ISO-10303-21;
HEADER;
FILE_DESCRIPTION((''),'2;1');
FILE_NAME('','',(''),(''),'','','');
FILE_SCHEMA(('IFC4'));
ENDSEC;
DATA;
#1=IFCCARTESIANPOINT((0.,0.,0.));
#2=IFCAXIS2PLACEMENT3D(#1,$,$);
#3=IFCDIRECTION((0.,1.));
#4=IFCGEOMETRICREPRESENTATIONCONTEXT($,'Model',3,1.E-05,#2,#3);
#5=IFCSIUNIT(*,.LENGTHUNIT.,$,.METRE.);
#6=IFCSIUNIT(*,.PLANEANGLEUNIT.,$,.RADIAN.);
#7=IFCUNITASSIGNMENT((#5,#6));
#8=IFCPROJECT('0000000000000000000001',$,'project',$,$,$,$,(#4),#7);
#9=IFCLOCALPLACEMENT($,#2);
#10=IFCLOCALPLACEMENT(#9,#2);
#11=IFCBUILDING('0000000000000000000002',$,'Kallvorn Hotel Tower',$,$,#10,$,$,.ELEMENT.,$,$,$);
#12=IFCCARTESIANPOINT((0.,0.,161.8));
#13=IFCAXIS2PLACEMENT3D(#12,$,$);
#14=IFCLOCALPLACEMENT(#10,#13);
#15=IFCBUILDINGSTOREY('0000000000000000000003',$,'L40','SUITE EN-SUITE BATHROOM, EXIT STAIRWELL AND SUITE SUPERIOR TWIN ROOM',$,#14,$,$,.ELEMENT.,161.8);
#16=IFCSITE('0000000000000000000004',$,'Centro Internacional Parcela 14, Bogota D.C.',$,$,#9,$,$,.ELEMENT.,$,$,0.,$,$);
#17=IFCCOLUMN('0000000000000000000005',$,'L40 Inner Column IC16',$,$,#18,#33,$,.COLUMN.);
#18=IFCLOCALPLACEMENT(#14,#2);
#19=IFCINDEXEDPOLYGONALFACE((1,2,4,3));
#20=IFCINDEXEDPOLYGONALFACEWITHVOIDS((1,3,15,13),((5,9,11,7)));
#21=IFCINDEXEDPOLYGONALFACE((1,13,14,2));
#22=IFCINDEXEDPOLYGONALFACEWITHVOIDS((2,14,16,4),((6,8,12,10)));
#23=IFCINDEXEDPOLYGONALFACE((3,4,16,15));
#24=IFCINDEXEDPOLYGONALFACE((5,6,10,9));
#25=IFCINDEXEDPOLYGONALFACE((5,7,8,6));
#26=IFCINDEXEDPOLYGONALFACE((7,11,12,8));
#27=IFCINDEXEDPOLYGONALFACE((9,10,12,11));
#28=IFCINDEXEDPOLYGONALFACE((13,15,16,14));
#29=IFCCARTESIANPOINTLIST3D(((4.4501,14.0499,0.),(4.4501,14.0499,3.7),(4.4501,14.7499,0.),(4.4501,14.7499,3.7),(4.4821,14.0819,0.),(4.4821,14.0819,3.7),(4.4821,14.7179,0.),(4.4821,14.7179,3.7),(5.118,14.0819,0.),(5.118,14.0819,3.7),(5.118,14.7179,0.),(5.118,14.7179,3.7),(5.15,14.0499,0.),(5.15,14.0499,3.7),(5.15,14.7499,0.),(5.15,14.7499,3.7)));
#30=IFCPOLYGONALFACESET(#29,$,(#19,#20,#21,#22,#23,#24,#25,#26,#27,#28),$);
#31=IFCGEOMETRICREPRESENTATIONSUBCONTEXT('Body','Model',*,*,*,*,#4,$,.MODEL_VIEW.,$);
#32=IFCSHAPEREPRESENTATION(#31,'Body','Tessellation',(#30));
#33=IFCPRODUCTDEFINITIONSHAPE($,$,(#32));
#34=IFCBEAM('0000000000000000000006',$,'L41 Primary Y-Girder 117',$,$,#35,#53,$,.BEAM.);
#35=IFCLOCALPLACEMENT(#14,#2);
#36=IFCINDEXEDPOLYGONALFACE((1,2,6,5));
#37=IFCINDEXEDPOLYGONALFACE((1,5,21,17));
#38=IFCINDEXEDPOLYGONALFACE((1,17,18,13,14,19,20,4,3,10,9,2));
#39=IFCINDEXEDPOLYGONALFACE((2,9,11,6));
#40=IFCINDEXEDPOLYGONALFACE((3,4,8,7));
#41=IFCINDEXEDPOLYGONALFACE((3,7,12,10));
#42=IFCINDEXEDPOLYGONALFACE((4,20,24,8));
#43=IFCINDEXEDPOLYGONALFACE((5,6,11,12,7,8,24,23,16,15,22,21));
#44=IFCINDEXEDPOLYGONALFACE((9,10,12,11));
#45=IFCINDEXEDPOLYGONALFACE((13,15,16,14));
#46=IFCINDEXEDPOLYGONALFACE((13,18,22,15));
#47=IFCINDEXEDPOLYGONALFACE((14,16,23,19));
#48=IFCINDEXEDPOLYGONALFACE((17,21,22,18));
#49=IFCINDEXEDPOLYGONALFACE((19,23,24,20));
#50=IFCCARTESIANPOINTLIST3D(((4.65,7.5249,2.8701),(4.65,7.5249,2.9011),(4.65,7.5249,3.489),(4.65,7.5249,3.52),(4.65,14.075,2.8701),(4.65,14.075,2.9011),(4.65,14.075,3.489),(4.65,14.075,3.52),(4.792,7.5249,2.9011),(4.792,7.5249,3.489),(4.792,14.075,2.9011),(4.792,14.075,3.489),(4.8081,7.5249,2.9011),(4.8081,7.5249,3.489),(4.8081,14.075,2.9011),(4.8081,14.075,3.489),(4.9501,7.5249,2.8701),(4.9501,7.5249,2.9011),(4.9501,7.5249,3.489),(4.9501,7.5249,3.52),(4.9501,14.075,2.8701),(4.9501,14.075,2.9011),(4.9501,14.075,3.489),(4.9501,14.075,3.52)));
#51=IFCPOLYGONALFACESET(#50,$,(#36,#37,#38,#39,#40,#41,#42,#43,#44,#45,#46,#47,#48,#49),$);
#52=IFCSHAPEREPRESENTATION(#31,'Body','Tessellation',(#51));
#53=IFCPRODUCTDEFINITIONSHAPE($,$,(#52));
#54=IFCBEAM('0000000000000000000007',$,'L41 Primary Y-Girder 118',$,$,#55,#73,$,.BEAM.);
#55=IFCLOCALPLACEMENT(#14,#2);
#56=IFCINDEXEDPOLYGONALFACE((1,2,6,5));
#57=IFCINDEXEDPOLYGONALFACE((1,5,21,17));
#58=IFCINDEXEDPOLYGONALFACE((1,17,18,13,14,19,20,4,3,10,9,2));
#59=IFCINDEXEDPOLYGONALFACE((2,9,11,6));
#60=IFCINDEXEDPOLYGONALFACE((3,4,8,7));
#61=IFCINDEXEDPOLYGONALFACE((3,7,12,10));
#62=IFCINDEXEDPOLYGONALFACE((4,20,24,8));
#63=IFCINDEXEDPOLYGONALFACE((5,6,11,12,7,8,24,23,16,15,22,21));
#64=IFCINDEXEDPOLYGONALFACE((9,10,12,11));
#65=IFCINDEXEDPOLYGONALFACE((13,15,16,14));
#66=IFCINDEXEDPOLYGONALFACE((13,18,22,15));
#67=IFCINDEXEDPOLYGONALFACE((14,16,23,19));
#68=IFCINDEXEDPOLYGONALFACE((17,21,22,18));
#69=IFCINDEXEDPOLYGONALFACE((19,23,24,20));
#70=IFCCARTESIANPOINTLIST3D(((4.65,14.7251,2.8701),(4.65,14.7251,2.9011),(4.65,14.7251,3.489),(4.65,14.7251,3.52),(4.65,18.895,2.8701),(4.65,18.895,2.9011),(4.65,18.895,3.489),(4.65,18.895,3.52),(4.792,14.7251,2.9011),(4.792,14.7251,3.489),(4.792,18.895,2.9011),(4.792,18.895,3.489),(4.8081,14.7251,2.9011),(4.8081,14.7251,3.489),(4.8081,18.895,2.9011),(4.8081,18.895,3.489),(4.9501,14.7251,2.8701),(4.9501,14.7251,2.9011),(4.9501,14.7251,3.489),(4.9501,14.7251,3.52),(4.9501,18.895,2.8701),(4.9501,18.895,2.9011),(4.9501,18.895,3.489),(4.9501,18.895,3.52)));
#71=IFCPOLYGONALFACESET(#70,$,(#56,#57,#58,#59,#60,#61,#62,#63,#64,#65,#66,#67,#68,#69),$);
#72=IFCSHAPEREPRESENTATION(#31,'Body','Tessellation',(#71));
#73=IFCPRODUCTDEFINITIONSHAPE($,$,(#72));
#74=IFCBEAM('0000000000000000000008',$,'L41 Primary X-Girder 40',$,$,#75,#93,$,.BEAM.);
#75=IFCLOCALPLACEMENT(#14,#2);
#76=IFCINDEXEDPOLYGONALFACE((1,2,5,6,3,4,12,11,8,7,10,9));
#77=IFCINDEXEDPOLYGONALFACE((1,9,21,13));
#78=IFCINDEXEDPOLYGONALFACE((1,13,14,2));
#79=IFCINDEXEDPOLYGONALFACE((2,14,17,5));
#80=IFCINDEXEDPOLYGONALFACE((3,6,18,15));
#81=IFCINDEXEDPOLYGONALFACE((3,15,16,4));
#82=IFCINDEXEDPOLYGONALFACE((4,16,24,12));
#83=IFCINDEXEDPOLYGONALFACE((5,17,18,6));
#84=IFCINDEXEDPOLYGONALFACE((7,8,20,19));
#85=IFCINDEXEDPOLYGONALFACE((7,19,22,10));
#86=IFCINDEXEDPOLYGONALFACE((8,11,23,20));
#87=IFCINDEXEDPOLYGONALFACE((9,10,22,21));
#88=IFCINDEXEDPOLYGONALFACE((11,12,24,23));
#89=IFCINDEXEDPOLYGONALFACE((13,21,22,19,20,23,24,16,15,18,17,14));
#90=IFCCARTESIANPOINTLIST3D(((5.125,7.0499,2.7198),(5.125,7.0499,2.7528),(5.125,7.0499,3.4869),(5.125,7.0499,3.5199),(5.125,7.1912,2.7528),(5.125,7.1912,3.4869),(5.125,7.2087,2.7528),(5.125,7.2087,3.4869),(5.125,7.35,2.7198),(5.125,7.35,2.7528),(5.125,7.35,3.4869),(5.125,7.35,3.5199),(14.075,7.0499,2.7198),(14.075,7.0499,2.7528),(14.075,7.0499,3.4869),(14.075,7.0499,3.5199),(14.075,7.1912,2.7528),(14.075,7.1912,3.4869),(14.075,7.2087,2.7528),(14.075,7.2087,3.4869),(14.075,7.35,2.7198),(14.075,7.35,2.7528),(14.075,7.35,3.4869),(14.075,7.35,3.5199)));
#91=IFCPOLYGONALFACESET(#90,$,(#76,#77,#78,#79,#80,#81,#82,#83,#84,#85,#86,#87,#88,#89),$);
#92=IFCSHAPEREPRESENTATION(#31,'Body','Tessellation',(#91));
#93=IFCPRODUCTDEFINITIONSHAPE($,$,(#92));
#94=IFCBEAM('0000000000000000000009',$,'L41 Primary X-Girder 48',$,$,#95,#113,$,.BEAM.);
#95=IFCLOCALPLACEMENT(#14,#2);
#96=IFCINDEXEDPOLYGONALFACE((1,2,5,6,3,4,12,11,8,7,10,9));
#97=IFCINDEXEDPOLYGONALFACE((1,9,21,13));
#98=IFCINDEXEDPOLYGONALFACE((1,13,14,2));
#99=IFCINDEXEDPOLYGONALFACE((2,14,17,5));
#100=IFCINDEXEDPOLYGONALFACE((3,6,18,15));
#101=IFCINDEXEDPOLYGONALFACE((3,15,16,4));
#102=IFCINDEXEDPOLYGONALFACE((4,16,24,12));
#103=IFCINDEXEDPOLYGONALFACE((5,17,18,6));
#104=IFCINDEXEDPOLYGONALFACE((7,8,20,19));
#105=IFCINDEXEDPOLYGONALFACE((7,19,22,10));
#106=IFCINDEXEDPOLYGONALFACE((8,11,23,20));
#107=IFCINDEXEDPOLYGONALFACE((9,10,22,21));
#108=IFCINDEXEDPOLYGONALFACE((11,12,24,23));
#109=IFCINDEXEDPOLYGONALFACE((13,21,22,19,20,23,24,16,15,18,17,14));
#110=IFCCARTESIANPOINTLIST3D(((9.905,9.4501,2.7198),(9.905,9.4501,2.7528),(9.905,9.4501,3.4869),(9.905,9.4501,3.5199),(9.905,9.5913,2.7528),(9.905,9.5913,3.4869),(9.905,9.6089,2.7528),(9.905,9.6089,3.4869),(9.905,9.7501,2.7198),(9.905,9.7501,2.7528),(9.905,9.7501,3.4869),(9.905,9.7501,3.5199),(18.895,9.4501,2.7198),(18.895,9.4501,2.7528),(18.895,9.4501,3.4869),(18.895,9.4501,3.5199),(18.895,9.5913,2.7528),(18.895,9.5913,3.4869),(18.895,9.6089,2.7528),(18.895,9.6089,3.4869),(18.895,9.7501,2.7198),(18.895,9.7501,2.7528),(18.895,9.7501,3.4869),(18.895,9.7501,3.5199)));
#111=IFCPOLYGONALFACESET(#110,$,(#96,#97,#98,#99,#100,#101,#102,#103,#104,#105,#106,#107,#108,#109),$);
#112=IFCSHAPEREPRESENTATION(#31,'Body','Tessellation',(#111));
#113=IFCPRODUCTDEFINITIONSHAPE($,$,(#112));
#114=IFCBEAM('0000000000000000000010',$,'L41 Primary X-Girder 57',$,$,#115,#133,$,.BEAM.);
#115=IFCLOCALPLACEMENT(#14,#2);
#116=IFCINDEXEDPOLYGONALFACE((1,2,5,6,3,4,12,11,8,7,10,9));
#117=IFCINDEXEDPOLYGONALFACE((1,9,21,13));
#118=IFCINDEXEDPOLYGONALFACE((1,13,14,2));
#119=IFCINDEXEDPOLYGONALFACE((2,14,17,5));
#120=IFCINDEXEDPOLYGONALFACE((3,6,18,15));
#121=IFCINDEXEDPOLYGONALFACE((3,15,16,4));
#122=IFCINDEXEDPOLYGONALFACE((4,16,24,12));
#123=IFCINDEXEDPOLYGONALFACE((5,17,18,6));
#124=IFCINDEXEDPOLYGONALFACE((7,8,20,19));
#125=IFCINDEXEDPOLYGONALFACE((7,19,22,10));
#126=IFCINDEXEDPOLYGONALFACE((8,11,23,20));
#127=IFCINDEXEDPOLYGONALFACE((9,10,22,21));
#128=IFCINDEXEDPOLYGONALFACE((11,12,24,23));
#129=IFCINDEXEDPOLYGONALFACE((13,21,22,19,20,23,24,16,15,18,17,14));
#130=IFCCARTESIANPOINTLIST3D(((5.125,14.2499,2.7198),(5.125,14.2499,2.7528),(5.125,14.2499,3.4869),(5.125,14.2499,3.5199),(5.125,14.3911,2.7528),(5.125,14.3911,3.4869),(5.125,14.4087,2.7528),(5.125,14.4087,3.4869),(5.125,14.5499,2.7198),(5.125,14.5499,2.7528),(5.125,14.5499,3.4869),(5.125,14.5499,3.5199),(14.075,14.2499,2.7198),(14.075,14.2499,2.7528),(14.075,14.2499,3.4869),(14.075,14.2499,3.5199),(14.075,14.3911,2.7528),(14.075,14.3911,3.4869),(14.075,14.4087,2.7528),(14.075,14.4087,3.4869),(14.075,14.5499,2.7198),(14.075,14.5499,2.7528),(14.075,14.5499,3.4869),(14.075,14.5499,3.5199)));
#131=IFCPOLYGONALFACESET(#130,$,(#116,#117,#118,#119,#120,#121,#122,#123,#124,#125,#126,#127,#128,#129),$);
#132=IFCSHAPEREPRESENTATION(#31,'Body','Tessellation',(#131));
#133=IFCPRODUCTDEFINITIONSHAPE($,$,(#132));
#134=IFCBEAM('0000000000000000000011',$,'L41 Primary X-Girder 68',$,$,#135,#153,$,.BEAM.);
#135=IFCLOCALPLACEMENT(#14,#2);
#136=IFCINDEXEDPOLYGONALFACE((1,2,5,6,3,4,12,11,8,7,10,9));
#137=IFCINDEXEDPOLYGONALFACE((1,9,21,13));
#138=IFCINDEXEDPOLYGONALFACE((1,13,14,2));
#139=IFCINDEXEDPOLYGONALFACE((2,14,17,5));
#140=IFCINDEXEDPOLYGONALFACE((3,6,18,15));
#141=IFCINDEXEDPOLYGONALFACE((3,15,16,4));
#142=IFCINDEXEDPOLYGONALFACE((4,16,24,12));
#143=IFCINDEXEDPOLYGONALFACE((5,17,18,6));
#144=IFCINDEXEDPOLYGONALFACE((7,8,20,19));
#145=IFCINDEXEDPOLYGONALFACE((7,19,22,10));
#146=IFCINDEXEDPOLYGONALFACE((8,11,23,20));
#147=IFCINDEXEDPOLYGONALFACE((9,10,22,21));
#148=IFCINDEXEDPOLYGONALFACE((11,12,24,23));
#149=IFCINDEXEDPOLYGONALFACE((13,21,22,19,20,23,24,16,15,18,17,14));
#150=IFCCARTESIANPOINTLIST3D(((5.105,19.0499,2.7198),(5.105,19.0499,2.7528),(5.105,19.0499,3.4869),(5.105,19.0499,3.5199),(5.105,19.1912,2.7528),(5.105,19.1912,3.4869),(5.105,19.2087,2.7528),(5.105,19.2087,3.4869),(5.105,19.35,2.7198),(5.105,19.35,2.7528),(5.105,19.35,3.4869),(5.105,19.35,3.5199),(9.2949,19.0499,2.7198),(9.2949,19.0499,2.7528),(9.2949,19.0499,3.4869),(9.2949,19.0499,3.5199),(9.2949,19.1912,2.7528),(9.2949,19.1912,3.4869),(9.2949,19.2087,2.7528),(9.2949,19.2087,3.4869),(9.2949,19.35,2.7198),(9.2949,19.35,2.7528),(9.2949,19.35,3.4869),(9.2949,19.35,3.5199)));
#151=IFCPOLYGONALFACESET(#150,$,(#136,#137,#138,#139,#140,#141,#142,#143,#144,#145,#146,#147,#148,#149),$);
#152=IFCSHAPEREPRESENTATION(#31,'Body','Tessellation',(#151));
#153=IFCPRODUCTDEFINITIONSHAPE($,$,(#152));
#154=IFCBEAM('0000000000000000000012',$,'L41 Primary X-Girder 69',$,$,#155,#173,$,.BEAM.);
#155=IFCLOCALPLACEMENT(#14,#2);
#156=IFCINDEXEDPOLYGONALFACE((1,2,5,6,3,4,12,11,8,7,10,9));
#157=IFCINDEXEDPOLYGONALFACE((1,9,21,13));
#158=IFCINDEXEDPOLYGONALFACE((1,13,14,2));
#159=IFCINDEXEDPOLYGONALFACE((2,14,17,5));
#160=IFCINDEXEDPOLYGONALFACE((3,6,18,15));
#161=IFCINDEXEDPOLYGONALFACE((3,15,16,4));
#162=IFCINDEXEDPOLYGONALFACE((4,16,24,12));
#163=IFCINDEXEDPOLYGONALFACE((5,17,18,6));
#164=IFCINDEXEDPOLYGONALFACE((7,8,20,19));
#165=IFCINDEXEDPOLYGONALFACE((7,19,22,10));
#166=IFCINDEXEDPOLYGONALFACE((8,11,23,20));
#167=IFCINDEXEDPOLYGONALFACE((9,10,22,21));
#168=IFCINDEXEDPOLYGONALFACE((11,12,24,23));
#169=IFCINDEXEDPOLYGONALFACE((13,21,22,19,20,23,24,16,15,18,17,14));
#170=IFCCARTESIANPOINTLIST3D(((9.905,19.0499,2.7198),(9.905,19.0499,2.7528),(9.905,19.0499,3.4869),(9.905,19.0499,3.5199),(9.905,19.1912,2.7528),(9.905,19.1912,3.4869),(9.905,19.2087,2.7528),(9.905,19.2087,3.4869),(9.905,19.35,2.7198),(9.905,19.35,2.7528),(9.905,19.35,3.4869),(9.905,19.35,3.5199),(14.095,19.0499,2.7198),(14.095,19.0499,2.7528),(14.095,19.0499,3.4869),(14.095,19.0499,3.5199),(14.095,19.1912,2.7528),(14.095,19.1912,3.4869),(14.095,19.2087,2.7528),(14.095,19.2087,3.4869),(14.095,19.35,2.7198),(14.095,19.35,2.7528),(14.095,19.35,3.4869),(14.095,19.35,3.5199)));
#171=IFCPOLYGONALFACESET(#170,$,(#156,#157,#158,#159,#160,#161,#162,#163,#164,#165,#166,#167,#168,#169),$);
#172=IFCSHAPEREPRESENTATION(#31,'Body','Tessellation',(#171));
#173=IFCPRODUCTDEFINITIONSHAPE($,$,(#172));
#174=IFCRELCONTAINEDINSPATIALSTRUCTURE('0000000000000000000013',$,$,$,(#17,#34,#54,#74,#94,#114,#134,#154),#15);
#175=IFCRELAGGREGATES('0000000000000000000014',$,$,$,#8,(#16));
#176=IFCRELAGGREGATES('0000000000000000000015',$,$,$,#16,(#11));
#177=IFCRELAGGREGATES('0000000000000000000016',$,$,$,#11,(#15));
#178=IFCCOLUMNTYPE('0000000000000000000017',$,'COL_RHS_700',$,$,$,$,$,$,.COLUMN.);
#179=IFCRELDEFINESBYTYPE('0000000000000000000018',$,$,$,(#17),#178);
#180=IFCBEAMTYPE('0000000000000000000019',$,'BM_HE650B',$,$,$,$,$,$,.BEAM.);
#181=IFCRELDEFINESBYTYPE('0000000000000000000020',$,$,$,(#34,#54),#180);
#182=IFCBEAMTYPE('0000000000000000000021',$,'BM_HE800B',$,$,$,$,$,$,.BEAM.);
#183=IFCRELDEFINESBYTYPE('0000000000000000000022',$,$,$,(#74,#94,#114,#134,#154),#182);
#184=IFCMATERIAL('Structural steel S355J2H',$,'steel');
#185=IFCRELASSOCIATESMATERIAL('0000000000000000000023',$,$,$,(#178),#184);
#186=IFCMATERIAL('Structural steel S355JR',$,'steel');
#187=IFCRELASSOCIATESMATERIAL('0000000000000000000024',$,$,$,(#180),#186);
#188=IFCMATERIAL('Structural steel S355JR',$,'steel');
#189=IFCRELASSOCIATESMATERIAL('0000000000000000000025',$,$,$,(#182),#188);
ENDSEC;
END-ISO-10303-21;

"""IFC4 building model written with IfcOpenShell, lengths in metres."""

from ifc_helpers import new_model, si_unit, direction, frame, origin, origin_2d, place, context, subcontext, project, spatial, hollow_rectangle, i_section, extrude, material, material_profile, profile_set, type_object, element, save


model = new_model("IFC4")

# Units and contexts
model_context = context("Model", 3, precision=1e-05, world=origin(), true_north=direction((0.0, 1.0)))
body_context = subcontext(model_context, "Body", "Model", "MODEL_VIEW")
ifc_project = project(units=[si_unit("LENGTHUNIT", "METRE"), si_unit("PLANEANGLEUNIT", "RADIAN")], contexts=[model_context])

# Site, building, storey
site_placement = place(None, origin())
site = spatial("IfcSite", under=ifc_project, at=site_placement, Name="Centro Internacional Parcela 14, Bogota D.C.", CompositionType="ELEMENT", RefElevation=0.0)
building_placement = place(site_placement, origin())
building = spatial("IfcBuilding", under=site, at=building_placement, Name="Kallvorn Hotel Tower", CompositionType="ELEMENT")
storey_placement = place(building_placement, frame((0.0, 0.0, 161.8)))
storey = spatial("IfcBuildingStorey", under=building, at=storey_placement, Name="L40", Description="SUITE EN-SUITE BATHROOM, EXIT STAIRWELL AND SUITE SUPERIOR TWIN ROOM", CompositionType="ELEMENT", Elevation=161.8)

# Column
ifc_material_1 = material(Name="Structural steel S355J2H", Category="steel")
ifc_material_profile_1 = material_profile(ifc_material_1, hollow_rectangle(XDim=0.7, YDim=0.7, WallThickness=0.032, at=origin_2d()), Name="RHS 700x700x32")
ifc_profile_set_1 = profile_set([ifc_material_profile_1], Name="Structural steel S355J2H")
column_type_1 = type_object("IfcColumnType", Name="COL_RHS_700", PredefinedType="COLUMN", material=ifc_profile_set_1)
column_placement = place(storey_placement, frame((4.8, 14.3999, 0.0), z_axis=(0.0, 0.0, 1.0), x_axis=(1.0, 0.0, 0.0)))
element("IfcColumn", 1, at=column_placement, inside=storey, type_object=column_type_1, Name="L40 Inner Column IC16", PredefinedType="COLUMN", context=body_context, shape_type="SweptSolid", body=[
    extrude(hollow_rectangle(XDim=0.7, YDim=0.7, WallThickness=0.032, at=origin_2d()), origin(), (0.0, 0.0, 1.0), 3.7),
])

# Beams
ifc_material_2 = material(Name="Structural steel S355JR", Category="steel")
ifc_material_profile_2 = material_profile(ifc_material_2, i_section(OverallWidth=0.3, OverallDepth=0.6499, WebThickness=0.0161, FlangeThickness=0.031, at=origin_2d()), Name="HE 650 B")
ifc_profile_set_2 = profile_set([ifc_material_profile_2], Name="Structural steel S355JR")
beam_type_1 = type_object("IfcBeamType", Name="BM_HE650B", PredefinedType="BEAM", material=ifc_profile_set_2)
beam_1_placement = place(storey_placement, frame((4.8, 7.5249, 3.1951), z_axis=(0.0, 1.0, 0.0), x_axis=(-1.0, 0.0, 0.0)))
element("IfcBeam", 2, at=beam_1_placement, inside=storey, type_object=beam_type_1, Name="L41 Primary Y-Girder 117", PredefinedType="BEAM", context=body_context, shape_type="SweptSolid", body=[
    extrude(i_section(OverallWidth=0.3, OverallDepth=0.6499, WebThickness=0.0161, FlangeThickness=0.031, at=origin_2d()), origin(), (0.0, 0.0, 1.0), 6.55),
])
beam_2_placement = place(storey_placement, frame((4.8, 14.7251, 3.1951), z_axis=(0.0, 1.0, 0.0), x_axis=(-1.0, 0.0, 0.0)))
element("IfcBeam", 3, at=beam_2_placement, inside=storey, type_object=beam_type_1, Name="L41 Primary Y-Girder 118", PredefinedType="BEAM", context=body_context, shape_type="SweptSolid", body=[
    extrude(i_section(OverallWidth=0.3, OverallDepth=0.6499, WebThickness=0.0161, FlangeThickness=0.031, at=origin_2d()), origin(), (0.0, 0.0, 1.0), 4.1699),
])
ifc_material_3 = material(Name="Structural steel S355JR", Category="steel")
ifc_material_profile_3 = material_profile(ifc_material_3, i_section(OverallWidth=0.3, OverallDepth=0.8, WebThickness=0.0176, FlangeThickness=0.033, at=origin_2d()), Name="HE 800 B")
ifc_profile_set_3 = profile_set([ifc_material_profile_3], Name="Structural steel S355JR")
beam_type_2 = type_object("IfcBeamType", Name="BM_HE800B", PredefinedType="BEAM", material=ifc_profile_set_3)
beam_3_placement = place(storey_placement, frame((5.125, 7.2, 3.1199), z_axis=(1.0, 0.0, 0.0), x_axis=(0.0, 1.0, 0.0)))
element("IfcBeam", 4, at=beam_3_placement, inside=storey, type_object=beam_type_2, Name="L41 Primary X-Girder 40", PredefinedType="BEAM", context=body_context, shape_type="SweptSolid", body=[
    extrude(i_section(OverallWidth=0.3, OverallDepth=0.8, WebThickness=0.0176, FlangeThickness=0.033, at=origin_2d()), origin(), (0.0, 0.0, 1.0), 8.95),
])
beam_4_placement = place(storey_placement, frame((9.905, 9.6001, 3.1199), z_axis=(1.0, 0.0, 0.0), x_axis=(0.0, 1.0, 0.0)))
element("IfcBeam", 5, at=beam_4_placement, inside=storey, type_object=beam_type_2, Name="L41 Primary X-Girder 48", PredefinedType="BEAM", context=body_context, shape_type="SweptSolid", body=[
    extrude(i_section(OverallWidth=0.3, OverallDepth=0.8, WebThickness=0.0176, FlangeThickness=0.033, at=origin_2d()), origin(), (0.0, 0.0, 1.0), 8.99),
])
beam_5_placement = place(storey_placement, frame((5.125, 14.3999, 3.1199), z_axis=(1.0, 0.0, 0.0), x_axis=(0.0, 1.0, 0.0)))
element("IfcBeam", 6, at=beam_5_placement, inside=storey, type_object=beam_type_2, Name="L41 Primary X-Girder 57", PredefinedType="BEAM", context=body_context, shape_type="SweptSolid", body=[
    extrude(i_section(OverallWidth=0.3, OverallDepth=0.8, WebThickness=0.0176, FlangeThickness=0.033, at=origin_2d()), origin(), (0.0, 0.0, 1.0), 8.95),
])
for number, where, z_axis, x_axis, name in (
    (7, (5.105, 19.2, 3.1199), (1.0, 0.0, 0.0), (0.0, 1.0, 0.0), "L41 Primary X-Girder 68"),
    (8, (9.905, 19.2, 3.1199), (1.0, 0.0, 0.0), (0.0, 1.0, 0.0), "L41 Primary X-Girder 69"),
):
    element("IfcBeam", number, at=place(storey_placement, frame(where, z_axis=z_axis, x_axis=x_axis)), inside=storey, type_object=beam_type_2, Name=name, PredefinedType="BEAM", context=body_context, shape_type="SweptSolid", body=[
        extrude(i_section(OverallWidth=0.3, OverallDepth=0.8, WebThickness=0.0176, FlangeThickness=0.033, at=origin_2d()), origin(), (0.0, 0.0, 1.0), 4.1899),
    ])

save(model, "model.ifc")
